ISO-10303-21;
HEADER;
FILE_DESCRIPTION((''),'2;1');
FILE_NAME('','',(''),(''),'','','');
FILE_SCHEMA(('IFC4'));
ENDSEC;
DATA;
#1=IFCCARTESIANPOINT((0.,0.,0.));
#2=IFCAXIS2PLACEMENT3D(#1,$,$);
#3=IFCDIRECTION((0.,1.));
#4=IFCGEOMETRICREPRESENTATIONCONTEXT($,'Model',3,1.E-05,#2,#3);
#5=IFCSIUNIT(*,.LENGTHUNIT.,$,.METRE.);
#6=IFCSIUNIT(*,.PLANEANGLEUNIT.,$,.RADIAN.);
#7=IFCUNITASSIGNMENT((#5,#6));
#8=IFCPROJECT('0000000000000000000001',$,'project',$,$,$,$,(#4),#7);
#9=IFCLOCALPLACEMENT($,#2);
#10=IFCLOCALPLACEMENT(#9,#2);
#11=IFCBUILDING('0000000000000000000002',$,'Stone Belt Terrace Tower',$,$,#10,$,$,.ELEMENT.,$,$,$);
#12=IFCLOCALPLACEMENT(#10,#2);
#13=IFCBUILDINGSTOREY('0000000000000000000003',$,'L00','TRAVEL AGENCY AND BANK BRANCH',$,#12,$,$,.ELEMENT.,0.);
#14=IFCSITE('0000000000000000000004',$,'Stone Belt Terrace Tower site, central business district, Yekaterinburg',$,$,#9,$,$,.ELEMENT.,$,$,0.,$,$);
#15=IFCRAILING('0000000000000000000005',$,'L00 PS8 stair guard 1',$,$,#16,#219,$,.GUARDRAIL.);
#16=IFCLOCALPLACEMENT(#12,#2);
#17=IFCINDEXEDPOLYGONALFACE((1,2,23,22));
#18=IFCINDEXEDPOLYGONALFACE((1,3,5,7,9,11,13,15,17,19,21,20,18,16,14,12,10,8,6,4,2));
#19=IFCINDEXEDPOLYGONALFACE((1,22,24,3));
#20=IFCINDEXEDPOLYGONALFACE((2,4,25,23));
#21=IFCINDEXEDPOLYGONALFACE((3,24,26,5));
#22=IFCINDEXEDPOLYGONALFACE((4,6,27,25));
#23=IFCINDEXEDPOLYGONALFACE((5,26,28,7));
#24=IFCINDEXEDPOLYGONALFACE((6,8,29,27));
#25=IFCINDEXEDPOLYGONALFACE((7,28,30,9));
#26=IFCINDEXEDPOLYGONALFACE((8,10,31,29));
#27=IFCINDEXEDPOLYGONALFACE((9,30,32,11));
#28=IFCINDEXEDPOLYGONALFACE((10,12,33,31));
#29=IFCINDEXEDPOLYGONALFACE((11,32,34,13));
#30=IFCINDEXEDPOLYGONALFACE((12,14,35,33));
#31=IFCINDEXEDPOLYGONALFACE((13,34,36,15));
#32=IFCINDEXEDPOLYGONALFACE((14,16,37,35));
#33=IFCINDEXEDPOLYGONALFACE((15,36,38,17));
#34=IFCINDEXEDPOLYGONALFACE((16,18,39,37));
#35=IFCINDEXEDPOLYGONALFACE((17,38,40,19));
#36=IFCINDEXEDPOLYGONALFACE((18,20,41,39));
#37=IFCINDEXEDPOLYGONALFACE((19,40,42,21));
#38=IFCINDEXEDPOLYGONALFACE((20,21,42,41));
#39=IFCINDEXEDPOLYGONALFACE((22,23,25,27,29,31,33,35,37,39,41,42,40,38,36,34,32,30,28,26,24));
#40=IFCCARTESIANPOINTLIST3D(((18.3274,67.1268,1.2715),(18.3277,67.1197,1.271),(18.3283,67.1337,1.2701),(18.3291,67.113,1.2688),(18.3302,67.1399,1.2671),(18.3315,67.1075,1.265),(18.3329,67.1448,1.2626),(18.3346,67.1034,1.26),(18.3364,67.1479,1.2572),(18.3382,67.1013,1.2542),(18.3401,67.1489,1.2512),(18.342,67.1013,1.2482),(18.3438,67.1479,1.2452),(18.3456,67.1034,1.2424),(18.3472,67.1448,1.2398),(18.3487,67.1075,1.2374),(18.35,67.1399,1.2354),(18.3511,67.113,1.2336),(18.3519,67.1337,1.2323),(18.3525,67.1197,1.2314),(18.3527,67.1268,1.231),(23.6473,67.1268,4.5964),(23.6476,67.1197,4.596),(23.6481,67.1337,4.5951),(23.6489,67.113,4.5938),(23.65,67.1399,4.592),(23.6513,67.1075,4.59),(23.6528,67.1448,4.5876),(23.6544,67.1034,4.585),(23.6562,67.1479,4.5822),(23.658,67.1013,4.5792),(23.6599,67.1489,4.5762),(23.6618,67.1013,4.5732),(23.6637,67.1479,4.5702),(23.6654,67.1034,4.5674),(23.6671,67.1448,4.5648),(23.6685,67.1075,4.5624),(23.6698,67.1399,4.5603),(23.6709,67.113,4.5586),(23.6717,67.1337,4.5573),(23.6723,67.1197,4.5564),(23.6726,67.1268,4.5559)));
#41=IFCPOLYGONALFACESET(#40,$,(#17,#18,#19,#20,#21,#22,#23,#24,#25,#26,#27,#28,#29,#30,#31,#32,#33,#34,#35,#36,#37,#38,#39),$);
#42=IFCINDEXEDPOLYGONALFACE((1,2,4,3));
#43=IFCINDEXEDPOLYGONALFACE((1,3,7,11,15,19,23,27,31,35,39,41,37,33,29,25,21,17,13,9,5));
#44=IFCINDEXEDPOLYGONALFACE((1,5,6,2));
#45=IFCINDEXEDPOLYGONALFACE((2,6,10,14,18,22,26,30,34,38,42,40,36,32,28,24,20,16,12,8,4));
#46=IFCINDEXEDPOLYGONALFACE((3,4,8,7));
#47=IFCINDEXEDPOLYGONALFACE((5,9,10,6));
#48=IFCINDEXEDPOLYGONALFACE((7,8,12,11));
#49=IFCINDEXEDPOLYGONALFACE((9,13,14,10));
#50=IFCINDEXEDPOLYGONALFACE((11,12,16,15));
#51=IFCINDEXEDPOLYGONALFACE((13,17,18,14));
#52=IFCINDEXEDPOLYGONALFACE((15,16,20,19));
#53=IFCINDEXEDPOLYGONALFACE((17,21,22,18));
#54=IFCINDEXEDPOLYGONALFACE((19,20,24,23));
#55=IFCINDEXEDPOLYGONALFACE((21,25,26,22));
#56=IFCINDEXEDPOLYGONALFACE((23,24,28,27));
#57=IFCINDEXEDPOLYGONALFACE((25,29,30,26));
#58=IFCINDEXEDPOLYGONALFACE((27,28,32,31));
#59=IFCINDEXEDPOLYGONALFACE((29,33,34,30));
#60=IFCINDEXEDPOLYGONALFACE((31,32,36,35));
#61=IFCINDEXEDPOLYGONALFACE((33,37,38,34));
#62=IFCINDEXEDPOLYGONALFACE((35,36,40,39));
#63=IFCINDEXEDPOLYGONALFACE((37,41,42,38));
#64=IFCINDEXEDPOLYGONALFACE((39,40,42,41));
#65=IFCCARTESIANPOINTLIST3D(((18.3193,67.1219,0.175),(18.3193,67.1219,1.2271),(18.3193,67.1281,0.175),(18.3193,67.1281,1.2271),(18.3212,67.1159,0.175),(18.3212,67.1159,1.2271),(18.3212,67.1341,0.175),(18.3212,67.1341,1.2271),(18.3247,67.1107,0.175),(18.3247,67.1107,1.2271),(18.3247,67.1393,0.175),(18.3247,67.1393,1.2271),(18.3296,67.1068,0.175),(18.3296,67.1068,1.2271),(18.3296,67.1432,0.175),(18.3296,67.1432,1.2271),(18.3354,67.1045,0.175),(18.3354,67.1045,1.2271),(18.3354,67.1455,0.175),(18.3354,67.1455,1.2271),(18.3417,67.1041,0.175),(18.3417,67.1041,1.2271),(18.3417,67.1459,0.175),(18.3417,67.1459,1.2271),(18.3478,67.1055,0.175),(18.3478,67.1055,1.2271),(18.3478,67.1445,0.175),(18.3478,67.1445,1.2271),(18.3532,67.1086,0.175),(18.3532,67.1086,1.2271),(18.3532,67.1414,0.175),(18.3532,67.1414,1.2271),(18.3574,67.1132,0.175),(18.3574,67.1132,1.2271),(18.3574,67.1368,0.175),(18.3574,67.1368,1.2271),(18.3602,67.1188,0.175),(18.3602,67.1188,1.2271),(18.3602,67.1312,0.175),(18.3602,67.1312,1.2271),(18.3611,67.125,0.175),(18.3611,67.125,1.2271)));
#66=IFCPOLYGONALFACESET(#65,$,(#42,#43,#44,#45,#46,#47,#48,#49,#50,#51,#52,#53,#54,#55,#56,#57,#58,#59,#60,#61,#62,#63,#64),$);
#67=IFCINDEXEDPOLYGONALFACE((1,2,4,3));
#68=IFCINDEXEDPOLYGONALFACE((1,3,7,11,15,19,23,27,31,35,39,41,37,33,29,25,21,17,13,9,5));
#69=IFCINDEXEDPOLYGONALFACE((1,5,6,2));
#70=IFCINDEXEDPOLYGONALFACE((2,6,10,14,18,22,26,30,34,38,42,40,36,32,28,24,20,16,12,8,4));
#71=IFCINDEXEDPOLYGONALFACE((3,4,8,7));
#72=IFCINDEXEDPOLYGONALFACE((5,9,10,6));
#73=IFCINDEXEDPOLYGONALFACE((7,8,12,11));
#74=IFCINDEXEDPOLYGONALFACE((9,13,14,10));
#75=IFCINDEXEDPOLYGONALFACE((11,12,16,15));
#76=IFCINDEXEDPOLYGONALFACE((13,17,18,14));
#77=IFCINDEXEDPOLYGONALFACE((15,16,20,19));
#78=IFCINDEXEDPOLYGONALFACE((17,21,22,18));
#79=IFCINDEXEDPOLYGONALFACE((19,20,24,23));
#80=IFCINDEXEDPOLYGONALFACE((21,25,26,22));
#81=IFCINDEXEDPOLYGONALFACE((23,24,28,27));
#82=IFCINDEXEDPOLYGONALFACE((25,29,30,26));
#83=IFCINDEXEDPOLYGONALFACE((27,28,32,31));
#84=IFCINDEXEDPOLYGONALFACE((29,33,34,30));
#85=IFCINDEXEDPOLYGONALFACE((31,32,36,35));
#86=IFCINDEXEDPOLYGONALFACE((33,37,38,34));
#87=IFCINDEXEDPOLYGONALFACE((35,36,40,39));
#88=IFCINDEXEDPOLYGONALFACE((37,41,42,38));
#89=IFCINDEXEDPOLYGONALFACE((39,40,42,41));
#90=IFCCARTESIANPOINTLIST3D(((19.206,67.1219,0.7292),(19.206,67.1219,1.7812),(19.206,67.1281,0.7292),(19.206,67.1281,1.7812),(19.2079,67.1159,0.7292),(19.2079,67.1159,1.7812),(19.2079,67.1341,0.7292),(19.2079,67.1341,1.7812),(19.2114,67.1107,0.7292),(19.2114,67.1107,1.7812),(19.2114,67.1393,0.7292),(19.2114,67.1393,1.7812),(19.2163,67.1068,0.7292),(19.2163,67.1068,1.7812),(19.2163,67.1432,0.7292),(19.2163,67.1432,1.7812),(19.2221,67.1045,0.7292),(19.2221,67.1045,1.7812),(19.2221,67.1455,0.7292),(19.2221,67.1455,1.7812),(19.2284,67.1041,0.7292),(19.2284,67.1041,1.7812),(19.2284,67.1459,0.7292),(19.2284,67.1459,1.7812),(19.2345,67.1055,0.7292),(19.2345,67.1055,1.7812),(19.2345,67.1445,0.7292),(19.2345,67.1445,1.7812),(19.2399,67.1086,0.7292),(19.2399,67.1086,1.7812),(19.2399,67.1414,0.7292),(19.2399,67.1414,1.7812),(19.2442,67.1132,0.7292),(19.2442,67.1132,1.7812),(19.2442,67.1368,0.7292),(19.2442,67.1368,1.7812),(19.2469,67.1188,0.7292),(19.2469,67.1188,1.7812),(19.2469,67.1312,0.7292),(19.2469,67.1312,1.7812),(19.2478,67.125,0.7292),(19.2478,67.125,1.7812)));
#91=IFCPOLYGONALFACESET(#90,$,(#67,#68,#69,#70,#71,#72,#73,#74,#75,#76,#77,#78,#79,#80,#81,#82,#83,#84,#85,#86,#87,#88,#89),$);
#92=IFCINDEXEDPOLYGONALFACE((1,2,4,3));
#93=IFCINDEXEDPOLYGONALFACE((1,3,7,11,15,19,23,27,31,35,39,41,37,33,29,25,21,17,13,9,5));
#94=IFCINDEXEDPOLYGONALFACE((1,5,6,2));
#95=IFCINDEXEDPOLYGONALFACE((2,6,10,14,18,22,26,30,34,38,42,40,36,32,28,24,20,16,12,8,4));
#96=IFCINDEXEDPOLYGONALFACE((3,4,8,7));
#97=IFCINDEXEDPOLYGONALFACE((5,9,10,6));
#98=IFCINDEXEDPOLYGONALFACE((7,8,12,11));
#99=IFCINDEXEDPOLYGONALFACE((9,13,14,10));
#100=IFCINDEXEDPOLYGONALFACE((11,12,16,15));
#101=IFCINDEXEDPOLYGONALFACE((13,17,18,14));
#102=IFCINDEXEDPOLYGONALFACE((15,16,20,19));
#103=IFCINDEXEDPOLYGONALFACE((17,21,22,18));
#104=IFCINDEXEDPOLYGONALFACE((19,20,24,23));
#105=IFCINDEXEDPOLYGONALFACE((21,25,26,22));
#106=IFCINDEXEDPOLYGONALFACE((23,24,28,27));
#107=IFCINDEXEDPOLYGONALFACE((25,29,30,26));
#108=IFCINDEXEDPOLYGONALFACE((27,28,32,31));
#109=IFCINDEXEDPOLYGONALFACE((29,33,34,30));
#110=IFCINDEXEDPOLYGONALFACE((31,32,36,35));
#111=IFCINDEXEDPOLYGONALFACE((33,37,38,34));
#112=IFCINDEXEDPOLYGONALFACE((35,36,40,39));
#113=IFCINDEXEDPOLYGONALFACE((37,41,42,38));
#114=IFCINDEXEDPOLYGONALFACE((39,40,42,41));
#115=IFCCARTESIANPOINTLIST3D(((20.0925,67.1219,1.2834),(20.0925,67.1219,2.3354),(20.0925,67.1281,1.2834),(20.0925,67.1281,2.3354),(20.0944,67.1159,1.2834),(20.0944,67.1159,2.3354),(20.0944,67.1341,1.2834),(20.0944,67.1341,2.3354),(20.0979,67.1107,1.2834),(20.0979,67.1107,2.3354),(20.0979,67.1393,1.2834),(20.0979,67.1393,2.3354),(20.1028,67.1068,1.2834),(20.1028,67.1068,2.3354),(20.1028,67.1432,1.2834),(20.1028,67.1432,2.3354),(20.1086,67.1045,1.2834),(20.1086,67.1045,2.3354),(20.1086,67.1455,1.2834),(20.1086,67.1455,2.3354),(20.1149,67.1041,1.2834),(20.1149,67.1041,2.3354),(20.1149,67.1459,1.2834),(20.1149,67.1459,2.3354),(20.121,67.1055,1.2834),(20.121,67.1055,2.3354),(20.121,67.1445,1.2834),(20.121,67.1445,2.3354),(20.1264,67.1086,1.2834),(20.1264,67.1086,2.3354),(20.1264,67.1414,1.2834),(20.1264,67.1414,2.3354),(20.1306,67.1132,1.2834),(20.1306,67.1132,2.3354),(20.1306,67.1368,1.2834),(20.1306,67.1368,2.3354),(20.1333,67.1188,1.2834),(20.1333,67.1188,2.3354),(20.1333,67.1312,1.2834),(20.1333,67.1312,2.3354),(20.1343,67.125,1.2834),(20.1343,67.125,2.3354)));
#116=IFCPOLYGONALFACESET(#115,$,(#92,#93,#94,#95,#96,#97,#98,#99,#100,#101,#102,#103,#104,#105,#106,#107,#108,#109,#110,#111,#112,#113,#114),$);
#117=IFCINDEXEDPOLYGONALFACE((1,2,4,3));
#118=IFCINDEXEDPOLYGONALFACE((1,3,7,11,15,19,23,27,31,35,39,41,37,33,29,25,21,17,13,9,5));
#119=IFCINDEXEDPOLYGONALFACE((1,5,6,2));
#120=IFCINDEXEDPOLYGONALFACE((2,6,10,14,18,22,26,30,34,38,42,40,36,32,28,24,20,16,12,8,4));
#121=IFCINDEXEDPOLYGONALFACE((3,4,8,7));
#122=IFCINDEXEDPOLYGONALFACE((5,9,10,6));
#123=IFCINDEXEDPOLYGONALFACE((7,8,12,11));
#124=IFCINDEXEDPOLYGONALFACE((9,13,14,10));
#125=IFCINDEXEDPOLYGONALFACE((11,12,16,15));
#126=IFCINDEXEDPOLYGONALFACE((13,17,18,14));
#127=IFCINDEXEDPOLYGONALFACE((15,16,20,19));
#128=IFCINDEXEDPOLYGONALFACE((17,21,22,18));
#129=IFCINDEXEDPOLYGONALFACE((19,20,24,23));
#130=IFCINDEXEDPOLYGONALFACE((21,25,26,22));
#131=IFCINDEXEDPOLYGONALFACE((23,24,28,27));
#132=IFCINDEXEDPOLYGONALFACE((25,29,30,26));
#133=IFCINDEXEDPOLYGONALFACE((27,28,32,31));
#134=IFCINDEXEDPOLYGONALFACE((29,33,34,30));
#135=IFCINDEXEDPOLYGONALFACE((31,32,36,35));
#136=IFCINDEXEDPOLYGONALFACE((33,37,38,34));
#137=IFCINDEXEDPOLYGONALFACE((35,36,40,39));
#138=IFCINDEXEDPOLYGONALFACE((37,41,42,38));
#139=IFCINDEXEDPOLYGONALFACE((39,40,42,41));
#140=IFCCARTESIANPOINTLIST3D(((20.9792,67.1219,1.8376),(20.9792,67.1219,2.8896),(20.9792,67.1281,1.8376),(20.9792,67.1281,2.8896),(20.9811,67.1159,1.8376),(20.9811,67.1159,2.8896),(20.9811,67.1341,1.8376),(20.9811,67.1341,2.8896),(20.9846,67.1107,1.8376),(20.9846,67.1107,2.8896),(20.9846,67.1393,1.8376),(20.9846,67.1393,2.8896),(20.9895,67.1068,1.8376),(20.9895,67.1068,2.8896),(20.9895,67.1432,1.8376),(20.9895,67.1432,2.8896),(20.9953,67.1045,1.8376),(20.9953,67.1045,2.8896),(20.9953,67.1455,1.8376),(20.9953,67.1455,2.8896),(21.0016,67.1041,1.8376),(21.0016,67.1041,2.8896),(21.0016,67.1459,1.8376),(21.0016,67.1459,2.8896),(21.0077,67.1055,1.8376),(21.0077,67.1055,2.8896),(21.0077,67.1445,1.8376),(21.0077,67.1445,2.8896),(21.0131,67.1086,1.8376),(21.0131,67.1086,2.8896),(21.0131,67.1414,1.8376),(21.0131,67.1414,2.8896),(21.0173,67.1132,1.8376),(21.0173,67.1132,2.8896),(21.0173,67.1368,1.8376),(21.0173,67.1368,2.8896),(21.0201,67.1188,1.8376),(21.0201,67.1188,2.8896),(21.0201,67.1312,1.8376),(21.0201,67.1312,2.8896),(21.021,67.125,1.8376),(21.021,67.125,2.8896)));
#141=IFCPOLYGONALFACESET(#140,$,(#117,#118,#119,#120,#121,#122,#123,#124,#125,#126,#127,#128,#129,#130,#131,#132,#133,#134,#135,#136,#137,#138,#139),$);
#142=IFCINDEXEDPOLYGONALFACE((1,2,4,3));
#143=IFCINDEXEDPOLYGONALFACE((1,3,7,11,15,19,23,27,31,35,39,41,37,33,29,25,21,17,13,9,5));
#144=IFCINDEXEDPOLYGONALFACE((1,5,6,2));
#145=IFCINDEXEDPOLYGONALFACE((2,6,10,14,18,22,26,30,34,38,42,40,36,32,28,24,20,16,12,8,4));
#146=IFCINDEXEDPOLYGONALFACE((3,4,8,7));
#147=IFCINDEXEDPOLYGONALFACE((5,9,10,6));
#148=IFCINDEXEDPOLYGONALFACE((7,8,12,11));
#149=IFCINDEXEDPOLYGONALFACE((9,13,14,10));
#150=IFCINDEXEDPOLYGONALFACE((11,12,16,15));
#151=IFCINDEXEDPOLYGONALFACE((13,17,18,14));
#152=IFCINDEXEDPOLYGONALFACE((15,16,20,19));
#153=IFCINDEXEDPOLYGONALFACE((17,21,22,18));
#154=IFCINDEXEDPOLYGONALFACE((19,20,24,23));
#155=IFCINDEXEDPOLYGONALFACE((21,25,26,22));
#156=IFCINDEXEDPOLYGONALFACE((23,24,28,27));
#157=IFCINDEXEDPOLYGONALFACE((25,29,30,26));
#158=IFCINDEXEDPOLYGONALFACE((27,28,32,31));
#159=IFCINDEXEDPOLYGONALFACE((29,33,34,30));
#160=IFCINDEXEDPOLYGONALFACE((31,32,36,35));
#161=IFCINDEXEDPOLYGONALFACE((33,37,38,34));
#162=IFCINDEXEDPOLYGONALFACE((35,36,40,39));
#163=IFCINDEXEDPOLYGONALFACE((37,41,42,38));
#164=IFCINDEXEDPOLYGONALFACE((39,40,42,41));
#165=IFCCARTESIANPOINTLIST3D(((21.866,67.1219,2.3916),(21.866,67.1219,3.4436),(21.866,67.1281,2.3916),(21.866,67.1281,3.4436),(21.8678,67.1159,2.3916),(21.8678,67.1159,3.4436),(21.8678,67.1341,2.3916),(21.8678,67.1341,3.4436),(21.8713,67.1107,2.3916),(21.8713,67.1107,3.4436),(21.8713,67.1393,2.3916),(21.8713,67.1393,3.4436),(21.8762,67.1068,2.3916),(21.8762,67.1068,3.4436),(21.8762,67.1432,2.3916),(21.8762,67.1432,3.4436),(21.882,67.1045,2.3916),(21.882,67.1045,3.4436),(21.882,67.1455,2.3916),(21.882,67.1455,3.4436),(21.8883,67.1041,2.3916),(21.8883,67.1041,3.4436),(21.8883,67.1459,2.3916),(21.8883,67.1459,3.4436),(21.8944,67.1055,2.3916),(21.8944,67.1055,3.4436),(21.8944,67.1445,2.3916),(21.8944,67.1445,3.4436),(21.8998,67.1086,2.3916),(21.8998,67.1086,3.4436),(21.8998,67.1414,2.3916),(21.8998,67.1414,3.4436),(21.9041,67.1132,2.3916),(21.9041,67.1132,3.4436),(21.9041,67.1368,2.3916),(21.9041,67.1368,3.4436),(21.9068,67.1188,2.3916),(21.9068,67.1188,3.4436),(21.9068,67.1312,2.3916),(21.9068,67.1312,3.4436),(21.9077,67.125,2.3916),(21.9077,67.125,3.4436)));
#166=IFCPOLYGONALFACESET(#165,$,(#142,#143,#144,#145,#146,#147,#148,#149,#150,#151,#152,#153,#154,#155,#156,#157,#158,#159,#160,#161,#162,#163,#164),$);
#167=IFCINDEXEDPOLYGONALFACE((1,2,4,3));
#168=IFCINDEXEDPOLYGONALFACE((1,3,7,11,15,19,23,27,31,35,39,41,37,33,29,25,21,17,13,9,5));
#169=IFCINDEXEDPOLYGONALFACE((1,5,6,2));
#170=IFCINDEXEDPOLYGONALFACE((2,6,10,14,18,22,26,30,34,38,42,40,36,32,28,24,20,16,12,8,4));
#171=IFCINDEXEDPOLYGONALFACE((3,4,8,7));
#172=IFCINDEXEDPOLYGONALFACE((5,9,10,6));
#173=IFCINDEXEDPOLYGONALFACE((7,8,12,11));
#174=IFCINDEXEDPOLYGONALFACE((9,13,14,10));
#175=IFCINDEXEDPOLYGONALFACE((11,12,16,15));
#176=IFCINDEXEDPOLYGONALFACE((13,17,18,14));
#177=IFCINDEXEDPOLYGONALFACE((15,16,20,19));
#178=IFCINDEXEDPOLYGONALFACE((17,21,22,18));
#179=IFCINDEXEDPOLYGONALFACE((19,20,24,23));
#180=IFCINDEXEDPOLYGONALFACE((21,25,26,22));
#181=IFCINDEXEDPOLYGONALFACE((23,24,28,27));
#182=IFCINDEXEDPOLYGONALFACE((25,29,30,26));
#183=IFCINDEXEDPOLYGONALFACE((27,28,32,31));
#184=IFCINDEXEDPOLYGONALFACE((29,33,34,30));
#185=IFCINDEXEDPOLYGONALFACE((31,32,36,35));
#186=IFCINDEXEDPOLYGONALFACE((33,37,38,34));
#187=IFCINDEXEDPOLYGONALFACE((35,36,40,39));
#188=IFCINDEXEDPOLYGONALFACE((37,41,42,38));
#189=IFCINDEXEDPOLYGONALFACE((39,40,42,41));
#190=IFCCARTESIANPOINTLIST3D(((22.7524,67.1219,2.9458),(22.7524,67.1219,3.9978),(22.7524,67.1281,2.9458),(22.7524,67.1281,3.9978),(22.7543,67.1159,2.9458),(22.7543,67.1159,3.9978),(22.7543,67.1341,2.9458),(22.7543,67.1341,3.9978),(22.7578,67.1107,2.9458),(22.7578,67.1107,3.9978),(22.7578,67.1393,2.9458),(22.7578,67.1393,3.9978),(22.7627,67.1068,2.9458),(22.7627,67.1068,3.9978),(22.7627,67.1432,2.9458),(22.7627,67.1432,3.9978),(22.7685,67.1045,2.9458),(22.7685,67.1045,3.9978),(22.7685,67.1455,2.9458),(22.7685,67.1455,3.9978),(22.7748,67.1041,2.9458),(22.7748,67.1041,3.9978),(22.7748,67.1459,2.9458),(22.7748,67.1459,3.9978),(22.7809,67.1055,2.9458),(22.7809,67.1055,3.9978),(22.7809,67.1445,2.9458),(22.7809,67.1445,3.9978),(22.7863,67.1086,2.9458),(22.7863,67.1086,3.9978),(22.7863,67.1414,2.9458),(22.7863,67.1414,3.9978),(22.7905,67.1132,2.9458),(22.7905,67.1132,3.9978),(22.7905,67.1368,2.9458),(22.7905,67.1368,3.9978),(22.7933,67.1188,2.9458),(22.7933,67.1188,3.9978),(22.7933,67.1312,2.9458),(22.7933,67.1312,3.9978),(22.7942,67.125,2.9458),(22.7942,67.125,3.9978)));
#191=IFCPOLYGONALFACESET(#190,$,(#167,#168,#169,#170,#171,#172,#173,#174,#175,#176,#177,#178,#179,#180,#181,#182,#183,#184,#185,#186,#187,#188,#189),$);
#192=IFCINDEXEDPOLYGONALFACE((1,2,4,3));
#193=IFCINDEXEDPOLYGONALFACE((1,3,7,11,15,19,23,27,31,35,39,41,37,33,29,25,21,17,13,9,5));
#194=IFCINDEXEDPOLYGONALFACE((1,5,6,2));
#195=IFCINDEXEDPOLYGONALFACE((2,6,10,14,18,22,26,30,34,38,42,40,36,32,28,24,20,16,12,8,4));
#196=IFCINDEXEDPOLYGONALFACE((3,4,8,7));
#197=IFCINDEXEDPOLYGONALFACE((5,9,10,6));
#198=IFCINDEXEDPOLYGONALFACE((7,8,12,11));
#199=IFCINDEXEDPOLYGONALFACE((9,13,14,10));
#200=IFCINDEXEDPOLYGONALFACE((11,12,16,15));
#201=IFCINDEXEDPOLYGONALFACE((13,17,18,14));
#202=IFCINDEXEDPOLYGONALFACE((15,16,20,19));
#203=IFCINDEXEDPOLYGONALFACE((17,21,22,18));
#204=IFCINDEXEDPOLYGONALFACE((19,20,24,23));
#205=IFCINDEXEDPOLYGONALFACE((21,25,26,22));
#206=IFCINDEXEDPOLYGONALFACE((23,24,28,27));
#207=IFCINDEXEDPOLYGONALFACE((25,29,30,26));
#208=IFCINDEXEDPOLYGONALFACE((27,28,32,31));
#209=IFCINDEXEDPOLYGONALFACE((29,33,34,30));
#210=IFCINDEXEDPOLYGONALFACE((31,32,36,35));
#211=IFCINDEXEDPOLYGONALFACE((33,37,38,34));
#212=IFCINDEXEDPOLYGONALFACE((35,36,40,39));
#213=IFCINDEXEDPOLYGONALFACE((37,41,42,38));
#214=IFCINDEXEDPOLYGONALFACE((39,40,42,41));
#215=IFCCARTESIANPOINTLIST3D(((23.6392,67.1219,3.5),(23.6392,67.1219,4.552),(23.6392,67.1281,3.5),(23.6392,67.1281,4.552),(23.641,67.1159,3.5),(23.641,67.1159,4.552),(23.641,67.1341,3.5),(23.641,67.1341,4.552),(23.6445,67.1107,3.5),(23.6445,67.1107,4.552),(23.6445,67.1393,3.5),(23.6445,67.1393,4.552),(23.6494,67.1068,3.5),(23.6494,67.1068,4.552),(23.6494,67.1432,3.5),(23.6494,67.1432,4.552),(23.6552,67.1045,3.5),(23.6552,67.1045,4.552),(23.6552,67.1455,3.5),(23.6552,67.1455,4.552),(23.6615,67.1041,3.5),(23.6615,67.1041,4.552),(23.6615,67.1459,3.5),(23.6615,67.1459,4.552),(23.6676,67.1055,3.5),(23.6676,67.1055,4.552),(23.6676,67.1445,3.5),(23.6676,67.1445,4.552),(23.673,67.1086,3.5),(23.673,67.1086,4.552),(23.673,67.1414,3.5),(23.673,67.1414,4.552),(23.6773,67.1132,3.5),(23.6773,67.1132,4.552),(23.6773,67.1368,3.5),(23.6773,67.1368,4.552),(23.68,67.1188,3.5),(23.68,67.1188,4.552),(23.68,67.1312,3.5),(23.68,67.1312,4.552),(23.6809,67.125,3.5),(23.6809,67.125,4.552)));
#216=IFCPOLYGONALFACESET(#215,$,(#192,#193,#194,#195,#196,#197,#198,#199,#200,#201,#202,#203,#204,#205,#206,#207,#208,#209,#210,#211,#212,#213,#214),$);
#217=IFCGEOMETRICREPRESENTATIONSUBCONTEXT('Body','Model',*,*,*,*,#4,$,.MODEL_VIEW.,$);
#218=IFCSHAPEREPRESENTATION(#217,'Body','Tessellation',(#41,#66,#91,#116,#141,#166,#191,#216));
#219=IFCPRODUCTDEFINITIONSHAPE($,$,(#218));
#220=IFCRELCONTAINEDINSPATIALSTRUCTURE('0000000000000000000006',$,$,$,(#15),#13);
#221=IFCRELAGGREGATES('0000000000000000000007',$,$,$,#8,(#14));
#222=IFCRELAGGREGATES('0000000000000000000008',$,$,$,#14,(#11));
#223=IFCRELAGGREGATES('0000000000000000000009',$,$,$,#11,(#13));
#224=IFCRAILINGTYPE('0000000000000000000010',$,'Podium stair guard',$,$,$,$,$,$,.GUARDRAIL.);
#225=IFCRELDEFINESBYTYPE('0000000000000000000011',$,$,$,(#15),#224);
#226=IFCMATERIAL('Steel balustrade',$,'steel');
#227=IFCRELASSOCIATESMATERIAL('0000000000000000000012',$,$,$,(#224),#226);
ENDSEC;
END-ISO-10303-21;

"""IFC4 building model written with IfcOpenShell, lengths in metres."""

from ifc_helpers import new_model, si_unit, direction, frame, origin, origin_2d, place, context, subcontext, project, spatial, circle, extrude, material, type_object, element, save


model = new_model("IFC4")

# Units and contexts
model_context = context("Model", 3, precision=1e-05, world=origin(), true_north=direction((0.0, 1.0)))
body_context = subcontext(model_context, "Body", "Model", "MODEL_VIEW")
ifc_project = project(units=[si_unit("LENGTHUNIT", "METRE"), si_unit("PLANEANGLEUNIT", "RADIAN")], contexts=[model_context])

# Site, building, storey
site_placement = place(None, origin())
site = spatial("IfcSite", under=ifc_project, at=site_placement, Name="Stone Belt Terrace Tower site, central business district, Yekaterinburg", CompositionType="ELEMENT", RefElevation=0.0)
building_placement = place(site_placement, origin())
building = spatial("IfcBuilding", under=site, at=building_placement, Name="Stone Belt Terrace Tower", CompositionType="ELEMENT")
storey_placement = place(building_placement, origin())
storey = spatial("IfcBuildingStorey", under=building, at=storey_placement, Name="L00", Description="TRAVEL AGENCY AND BANK BRANCH", CompositionType="ELEMENT", Elevation=0.0)

# Railing
ifc_material_1 = material(Name="Steel balustrade", Category="steel")
railing_type_1 = type_object("IfcRailingType", Name="Podium stair guard", PredefinedType="GUARDRAIL", material=ifc_material_1)
railing_1_placement = place(storey_placement, frame((18.3401, 67.125, 0.175)))
element("IfcRailing", 1, at=railing_1_placement, inside=storey, type_object=railing_type_1, Name="L00 PS8 stair guard 1", PredefinedType="GUARDRAIL", context=body_context, shape_type="SweptSolid", body=[
    extrude(circle(Radius=0.0239, at=origin_2d()), frame((0.0, 0.0, 1.0762), z_axis=(0.847994, 0.0, 0.530006), x_axis=(0.0, 1.0, 0.0)), (0.0, 0.0, 1.0), 6.2734),
    extrude(circle(Radius=0.021, at=origin_2d()), origin(), (0.0, 0.0, 1.0), 1.052),
    extrude(circle(Radius=0.021, at=origin_2d()), frame((0.8867, 0.0, 0.5542)), (0.0, 0.0, 1.0), 1.052),
    extrude(circle(Radius=0.021, at=origin_2d()), frame((1.7732, 0.0, 1.1084)), (0.0, 0.0, 1.0), 1.052),
    extrude(circle(Radius=0.021, at=origin_2d()), frame((2.6599, 0.0, 1.6626)), (0.0, 0.0, 1.0), 1.052),
    extrude(circle(Radius=0.021, at=origin_2d()), frame((3.5466, 0.0, 2.2166)), (0.0, 0.0, 1.0), 1.052),
    extrude(circle(Radius=0.021, at=origin_2d()), frame((4.4331, 0.0, 2.7708)), (0.0, 0.0, 1.0), 1.052),
    extrude(circle(Radius=0.021, at=origin_2d()), frame((5.3198, 0.0, 3.325)), (0.0, 0.0, 1.0), 1.052),
])

save(model, "model.ifc")
